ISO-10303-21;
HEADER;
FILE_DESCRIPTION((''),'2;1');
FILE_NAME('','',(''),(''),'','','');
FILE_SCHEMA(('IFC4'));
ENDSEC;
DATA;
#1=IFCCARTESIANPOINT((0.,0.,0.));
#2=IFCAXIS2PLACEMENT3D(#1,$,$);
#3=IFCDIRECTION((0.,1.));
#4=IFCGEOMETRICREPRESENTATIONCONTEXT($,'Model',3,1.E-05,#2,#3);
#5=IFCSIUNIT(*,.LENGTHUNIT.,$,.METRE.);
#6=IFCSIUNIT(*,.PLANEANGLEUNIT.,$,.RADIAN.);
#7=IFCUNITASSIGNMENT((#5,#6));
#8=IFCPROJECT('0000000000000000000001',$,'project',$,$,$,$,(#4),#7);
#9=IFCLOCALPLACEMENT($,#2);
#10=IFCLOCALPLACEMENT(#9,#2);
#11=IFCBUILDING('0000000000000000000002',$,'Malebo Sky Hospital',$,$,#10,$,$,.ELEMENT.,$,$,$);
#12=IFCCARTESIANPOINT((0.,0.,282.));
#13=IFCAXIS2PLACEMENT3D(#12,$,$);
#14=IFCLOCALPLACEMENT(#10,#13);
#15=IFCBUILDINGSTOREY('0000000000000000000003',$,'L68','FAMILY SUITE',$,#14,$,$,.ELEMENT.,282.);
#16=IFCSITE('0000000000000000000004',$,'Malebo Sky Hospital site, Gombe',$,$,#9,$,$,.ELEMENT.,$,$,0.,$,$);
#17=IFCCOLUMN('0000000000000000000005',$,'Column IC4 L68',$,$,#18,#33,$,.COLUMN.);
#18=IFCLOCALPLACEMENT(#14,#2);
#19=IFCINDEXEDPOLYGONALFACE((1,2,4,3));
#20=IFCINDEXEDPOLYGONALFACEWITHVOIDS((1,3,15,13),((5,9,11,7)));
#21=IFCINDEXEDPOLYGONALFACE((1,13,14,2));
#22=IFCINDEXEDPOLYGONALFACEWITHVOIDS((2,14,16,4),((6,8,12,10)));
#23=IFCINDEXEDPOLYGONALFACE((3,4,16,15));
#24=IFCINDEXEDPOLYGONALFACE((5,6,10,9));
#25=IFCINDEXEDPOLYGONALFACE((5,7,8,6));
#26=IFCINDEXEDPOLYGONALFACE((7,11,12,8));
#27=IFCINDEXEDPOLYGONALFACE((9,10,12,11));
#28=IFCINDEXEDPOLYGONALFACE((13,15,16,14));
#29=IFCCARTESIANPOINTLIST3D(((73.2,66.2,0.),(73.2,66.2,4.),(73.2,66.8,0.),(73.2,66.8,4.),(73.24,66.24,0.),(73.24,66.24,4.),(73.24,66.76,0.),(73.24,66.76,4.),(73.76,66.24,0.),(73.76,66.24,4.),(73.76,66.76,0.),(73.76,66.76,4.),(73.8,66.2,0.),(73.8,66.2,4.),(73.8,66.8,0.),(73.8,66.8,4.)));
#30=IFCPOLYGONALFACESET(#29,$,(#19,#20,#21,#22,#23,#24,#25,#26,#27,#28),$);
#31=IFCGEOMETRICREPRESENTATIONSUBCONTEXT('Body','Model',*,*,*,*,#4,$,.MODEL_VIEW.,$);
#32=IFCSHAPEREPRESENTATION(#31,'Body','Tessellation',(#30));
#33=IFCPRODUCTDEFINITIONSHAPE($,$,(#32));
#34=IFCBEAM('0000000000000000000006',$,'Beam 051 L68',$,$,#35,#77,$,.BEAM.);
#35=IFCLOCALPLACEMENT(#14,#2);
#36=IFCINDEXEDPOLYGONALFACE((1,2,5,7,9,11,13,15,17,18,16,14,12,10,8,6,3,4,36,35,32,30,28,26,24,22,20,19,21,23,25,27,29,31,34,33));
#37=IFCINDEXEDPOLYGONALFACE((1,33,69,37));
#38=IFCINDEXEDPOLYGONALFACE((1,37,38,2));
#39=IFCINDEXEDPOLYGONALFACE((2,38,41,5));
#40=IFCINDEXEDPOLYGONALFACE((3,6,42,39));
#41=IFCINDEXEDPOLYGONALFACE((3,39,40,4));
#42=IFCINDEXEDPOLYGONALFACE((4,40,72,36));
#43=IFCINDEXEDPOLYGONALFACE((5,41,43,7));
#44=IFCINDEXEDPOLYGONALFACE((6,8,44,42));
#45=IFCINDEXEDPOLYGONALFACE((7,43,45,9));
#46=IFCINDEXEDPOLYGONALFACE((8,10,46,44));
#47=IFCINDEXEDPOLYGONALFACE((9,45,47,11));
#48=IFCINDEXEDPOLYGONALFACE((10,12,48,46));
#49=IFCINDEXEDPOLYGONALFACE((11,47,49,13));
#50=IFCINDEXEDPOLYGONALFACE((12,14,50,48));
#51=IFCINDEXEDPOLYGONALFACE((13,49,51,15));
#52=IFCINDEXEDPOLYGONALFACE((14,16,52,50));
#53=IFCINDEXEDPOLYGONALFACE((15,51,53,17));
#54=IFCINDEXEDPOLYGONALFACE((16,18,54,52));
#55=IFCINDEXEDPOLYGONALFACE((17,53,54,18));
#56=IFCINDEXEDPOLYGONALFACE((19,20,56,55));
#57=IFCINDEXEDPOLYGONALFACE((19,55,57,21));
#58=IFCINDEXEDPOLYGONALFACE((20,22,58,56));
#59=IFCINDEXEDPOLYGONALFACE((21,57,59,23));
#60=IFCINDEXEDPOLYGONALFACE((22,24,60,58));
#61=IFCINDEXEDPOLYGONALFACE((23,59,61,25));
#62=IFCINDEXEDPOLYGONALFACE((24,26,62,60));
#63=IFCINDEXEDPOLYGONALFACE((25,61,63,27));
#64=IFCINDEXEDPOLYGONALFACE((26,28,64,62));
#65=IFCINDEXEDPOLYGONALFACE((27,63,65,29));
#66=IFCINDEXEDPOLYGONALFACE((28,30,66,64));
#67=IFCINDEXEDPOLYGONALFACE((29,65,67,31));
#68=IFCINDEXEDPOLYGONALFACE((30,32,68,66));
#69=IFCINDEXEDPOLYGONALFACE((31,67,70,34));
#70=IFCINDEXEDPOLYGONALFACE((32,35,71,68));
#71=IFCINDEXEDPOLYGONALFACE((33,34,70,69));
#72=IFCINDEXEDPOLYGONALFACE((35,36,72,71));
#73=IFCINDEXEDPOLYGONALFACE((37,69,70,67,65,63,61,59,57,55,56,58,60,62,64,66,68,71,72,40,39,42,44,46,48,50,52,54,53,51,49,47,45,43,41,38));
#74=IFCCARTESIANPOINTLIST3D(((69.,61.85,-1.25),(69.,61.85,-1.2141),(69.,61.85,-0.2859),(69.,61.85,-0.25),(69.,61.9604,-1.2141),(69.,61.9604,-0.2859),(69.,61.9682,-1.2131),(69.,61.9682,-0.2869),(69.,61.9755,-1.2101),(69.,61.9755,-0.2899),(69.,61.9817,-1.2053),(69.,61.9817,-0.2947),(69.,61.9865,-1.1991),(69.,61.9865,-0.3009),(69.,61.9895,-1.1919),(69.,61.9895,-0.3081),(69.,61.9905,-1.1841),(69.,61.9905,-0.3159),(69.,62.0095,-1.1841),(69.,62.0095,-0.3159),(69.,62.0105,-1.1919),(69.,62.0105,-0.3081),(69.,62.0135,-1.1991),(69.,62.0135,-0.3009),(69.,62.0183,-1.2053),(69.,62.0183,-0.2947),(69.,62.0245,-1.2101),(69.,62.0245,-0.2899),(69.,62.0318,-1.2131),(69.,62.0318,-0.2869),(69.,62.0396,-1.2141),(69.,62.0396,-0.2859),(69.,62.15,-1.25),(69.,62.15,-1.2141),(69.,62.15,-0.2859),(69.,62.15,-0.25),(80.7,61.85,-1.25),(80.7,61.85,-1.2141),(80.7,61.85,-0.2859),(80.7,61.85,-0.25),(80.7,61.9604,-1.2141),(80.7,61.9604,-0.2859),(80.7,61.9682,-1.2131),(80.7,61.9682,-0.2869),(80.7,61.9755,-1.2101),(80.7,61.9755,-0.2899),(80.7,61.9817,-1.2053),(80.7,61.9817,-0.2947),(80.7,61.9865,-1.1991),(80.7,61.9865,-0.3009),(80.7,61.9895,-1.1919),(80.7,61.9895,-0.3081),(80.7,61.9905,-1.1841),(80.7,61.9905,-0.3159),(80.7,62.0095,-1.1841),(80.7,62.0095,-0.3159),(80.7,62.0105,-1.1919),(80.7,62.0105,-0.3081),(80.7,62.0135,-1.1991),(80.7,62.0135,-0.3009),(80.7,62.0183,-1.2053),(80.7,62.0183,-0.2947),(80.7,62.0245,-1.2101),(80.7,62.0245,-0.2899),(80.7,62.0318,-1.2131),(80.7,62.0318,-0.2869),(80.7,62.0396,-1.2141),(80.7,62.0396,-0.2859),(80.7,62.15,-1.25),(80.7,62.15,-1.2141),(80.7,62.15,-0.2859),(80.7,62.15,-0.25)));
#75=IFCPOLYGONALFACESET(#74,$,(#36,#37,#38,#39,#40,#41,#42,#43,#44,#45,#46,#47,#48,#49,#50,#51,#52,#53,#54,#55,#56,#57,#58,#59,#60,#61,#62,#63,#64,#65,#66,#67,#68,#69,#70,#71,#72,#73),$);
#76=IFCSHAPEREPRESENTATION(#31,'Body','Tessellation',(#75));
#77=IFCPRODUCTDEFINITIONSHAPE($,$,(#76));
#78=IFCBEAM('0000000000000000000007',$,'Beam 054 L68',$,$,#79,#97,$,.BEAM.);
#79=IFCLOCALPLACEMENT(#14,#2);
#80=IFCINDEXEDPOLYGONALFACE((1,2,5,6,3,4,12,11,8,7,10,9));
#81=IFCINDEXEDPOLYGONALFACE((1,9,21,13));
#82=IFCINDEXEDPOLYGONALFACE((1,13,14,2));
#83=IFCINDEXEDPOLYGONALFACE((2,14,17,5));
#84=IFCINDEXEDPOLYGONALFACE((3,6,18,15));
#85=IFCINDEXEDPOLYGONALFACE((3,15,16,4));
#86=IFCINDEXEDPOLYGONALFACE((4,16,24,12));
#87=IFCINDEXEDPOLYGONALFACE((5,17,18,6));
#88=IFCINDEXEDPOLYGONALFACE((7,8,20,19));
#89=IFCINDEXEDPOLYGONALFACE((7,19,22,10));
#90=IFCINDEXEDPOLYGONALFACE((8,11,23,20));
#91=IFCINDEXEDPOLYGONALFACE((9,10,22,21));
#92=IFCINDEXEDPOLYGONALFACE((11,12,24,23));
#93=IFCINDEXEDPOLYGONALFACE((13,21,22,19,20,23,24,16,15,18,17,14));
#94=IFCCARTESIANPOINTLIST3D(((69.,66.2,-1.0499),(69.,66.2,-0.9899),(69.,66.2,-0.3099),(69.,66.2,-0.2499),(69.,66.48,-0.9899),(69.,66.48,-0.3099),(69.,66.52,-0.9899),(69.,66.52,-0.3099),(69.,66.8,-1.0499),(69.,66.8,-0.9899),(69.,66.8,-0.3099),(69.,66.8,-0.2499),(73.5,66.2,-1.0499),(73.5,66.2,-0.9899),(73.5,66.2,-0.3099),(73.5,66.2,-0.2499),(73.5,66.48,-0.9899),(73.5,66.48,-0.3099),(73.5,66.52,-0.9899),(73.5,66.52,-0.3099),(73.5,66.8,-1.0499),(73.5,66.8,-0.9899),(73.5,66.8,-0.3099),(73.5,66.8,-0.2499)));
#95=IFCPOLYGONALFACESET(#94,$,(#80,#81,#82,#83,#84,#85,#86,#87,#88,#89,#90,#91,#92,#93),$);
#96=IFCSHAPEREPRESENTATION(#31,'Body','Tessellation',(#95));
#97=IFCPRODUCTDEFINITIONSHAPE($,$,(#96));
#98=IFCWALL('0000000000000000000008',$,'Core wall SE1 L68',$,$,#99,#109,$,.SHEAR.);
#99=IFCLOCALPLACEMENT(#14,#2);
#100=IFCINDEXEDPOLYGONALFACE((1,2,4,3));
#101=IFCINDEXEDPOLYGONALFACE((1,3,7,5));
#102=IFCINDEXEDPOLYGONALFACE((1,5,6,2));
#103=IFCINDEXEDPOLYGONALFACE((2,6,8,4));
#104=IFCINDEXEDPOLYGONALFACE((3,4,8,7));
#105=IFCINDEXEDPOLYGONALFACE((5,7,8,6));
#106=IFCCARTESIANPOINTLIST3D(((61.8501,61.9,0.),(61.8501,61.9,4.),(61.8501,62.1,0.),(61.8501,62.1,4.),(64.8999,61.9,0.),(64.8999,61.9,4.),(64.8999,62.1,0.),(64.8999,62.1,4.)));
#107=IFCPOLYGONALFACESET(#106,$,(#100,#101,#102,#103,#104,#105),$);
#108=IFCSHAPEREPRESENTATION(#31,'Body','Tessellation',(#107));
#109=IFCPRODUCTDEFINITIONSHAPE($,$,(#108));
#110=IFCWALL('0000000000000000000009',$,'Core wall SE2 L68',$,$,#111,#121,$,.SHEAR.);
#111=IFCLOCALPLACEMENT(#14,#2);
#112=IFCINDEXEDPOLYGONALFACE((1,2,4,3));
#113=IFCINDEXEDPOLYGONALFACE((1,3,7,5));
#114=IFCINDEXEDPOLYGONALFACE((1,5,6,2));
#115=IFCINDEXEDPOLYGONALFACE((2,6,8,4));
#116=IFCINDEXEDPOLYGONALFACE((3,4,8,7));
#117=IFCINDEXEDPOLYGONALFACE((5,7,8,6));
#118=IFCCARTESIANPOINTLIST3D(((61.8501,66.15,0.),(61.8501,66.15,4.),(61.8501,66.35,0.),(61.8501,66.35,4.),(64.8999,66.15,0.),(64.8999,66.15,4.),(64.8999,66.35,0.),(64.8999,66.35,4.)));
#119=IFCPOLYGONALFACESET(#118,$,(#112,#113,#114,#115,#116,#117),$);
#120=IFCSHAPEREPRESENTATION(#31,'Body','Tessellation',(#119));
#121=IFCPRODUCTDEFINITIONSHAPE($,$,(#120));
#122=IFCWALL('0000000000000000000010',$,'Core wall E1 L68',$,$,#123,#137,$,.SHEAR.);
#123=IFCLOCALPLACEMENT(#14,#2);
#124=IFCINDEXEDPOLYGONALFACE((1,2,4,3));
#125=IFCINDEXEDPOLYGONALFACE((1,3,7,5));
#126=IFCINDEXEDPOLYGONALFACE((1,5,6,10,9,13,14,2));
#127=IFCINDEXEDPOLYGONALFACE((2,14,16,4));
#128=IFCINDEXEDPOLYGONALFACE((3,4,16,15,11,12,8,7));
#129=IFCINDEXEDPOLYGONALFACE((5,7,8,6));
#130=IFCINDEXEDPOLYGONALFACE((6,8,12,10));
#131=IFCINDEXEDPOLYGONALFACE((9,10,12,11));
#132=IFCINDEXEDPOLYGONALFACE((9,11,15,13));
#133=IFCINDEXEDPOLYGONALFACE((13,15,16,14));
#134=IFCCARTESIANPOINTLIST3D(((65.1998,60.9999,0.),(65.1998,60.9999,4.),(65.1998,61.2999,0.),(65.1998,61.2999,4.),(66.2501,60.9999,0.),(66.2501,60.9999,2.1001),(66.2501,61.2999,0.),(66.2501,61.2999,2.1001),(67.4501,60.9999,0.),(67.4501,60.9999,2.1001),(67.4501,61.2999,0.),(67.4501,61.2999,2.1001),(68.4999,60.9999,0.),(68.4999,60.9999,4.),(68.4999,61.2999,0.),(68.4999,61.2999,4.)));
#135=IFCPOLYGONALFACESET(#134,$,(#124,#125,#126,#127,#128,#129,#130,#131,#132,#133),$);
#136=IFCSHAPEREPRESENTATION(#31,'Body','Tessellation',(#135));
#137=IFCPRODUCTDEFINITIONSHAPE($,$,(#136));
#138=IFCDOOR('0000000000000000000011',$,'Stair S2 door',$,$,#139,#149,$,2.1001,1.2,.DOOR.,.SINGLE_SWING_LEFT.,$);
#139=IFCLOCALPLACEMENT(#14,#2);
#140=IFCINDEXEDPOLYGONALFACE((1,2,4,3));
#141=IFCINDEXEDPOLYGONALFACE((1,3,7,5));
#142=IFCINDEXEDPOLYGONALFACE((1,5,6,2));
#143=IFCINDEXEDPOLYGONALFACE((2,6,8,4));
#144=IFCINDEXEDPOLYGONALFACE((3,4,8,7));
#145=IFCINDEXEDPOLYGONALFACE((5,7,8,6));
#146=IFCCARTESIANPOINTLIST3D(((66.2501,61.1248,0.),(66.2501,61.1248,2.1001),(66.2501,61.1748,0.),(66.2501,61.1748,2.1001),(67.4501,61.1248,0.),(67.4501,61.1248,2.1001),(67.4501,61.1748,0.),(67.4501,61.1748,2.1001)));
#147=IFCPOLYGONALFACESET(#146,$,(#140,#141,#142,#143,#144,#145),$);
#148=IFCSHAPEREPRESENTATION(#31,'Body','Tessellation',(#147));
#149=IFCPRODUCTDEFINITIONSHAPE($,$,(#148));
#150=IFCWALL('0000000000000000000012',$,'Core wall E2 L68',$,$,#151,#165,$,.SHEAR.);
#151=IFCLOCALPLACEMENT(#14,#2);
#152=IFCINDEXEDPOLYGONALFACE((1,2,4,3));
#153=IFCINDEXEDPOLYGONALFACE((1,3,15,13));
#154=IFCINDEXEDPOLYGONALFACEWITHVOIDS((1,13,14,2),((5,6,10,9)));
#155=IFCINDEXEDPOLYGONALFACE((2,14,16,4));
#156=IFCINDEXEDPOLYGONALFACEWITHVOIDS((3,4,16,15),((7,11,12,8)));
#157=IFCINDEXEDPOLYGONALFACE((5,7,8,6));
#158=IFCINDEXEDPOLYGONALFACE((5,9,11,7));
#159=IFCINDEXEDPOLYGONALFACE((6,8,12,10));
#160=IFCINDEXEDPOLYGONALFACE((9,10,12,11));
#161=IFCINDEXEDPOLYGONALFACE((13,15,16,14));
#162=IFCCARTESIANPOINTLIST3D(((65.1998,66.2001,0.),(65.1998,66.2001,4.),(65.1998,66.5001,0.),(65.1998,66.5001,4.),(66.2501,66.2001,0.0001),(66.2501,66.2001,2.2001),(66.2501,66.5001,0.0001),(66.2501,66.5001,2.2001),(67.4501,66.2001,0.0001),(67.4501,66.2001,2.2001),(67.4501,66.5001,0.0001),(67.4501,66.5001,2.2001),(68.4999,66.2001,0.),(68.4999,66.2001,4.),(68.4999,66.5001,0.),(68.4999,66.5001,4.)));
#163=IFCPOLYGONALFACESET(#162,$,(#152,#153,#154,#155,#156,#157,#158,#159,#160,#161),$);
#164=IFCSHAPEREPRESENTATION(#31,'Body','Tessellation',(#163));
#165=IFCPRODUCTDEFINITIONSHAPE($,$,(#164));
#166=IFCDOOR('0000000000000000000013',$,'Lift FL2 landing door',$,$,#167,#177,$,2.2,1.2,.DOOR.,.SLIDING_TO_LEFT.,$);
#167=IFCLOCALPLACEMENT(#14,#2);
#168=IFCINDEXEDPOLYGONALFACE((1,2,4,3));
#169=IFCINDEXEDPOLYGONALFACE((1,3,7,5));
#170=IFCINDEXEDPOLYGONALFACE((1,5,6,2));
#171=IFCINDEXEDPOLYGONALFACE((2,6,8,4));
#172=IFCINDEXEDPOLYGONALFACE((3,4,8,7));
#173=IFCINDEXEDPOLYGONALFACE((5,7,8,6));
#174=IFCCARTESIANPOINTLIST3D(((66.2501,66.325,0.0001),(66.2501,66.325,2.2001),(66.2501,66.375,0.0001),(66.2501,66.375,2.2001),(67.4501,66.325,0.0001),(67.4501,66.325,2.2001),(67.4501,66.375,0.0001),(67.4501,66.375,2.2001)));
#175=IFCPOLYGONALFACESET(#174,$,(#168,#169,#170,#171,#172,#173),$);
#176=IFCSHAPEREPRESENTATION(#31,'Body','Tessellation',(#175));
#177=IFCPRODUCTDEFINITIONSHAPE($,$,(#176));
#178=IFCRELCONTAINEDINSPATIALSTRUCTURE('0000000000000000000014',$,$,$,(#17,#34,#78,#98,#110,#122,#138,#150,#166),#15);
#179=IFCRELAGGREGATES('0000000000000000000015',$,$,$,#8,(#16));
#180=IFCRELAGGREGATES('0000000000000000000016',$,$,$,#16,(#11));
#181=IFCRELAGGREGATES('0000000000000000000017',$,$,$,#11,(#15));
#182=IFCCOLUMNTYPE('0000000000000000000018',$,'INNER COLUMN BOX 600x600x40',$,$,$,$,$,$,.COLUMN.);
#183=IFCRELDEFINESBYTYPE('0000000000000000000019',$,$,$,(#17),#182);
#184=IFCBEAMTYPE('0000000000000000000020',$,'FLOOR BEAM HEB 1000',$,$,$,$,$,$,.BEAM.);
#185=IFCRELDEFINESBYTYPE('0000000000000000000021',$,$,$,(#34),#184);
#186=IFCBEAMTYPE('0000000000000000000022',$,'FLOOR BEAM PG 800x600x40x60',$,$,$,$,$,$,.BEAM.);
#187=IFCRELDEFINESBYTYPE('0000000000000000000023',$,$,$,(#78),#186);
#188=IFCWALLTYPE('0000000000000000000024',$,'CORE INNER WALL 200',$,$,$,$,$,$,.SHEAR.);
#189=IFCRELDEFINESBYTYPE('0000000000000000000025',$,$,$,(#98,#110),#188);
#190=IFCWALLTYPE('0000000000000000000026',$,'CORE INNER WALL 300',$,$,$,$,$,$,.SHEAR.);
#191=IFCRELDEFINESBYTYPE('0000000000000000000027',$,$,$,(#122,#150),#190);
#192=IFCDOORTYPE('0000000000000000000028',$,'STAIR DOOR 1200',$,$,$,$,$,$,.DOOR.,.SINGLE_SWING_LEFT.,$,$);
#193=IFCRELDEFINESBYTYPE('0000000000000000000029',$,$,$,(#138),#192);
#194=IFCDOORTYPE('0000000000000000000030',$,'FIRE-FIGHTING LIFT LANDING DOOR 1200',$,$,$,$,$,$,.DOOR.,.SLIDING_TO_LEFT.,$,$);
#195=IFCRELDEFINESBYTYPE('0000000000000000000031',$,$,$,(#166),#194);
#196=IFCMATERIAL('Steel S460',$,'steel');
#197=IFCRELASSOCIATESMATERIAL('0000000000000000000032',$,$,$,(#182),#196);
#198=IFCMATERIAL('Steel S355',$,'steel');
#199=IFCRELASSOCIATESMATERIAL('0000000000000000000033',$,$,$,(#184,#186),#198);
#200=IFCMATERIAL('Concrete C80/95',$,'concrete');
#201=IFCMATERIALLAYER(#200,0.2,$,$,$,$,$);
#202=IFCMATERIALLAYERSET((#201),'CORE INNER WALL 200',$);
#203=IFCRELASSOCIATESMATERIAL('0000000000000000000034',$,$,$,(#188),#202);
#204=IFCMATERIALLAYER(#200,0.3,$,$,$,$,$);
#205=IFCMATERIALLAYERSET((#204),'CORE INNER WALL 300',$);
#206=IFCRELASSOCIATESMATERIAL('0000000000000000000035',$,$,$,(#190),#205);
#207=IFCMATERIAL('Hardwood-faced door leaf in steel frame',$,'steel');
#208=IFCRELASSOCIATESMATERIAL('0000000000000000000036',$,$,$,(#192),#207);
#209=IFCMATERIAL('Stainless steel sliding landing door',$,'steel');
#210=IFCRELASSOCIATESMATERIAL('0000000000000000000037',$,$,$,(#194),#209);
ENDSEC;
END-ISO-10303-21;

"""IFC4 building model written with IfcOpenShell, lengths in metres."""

from ifc_helpers import new_model, si_unit, direction, frame, frame_2d, origin, origin_2d, place, context, subcontext, project, spatial, rectangle, hollow_rectangle, i_section, extrude, material, layer, layer_set, material_profile, profile_set, type_object, element, fill, save


model = new_model("IFC4")

# Units and contexts
model_context = context("Model", 3, precision=1e-05, world=origin(), true_north=direction((0.0, 1.0)))
body_context = subcontext(model_context, "Body", "Model", "MODEL_VIEW")
ifc_project = project(units=[si_unit("LENGTHUNIT", "METRE"), si_unit("PLANEANGLEUNIT", "RADIAN")], contexts=[model_context])

# Site, building, storey
site_placement = place(None, origin())
site = spatial("IfcSite", under=ifc_project, at=site_placement, Name="Malebo Sky Hospital site, Gombe", CompositionType="ELEMENT", RefElevation=0.0)
building_placement = place(site_placement, origin())
building = spatial("IfcBuilding", under=site, at=building_placement, Name="Malebo Sky Hospital", CompositionType="ELEMENT")
storey_placement = place(building_placement, frame((0.0, 0.0, 282.0)))
storey = spatial("IfcBuildingStorey", under=building, at=storey_placement, Name="L68", Description="FAMILY SUITE", CompositionType="ELEMENT", Elevation=282.0)

# Column
ifc_material_1 = material(Name="Steel S460", Category="steel")
ifc_material_profile_1 = material_profile(ifc_material_1, hollow_rectangle(XDim=0.6001, YDim=0.6001, WallThickness=0.04, at=origin_2d()), Name="BOX 600x600x40")
ifc_profile_set_1 = profile_set([ifc_material_profile_1], Name="Steel S460")
column_type = type_object("IfcColumnType", Name="INNER COLUMN BOX 600x600x40", PredefinedType="COLUMN", material=ifc_profile_set_1)
column_placement = place(storey_placement, frame((73.5, 66.5, 0.0), z_axis=(0.0, 0.0, 1.0), x_axis=(1.0, 0.0, 0.0)))
element("IfcColumn", 1, at=column_placement, inside=storey, type_object=column_type, Name="Column IC4 L68", PredefinedType="COLUMN", context=body_context, shape_type="SweptSolid", body=[
    extrude(hollow_rectangle(XDim=0.6001, YDim=0.6001, WallThickness=0.04, at=origin_2d()), origin(), (0.0, 0.0, 1.0), 4.0),
])

# Beams
ifc_material_2 = material(Name="Steel S355", Category="steel")
ifc_material_profile_2 = material_profile(ifc_material_2, i_section(OverallWidth=0.3, OverallDepth=1.0, WebThickness=0.019, FlangeThickness=0.0359, FilletRadius=0.03, at=origin_2d()), Name="HEB 1000")
ifc_profile_set_2 = profile_set([ifc_material_profile_2], Name="Steel S355")
beam_type_1 = type_object("IfcBeamType", Name="FLOOR BEAM HEB 1000", PredefinedType="BEAM", material=ifc_profile_set_2)
beam_1_placement = place(storey_placement, frame((69.0, 62.0, -0.75), z_axis=(1.0, 0.0, 0.0), x_axis=(0.0, 1.0, 0.0)))
element("IfcBeam", 2, at=beam_1_placement, inside=storey, type_object=beam_type_1, Name="Beam 051 L68", PredefinedType="BEAM", context=body_context, shape_type="SweptSolid", body=[
    extrude(i_section(OverallWidth=0.3, OverallDepth=1.0, WebThickness=0.019, FlangeThickness=0.0359, FilletRadius=0.03, at=origin_2d()), origin(), (0.0, 0.0, 1.0), 11.7),
])
ifc_material_profile_3 = material_profile(ifc_material_2, i_section(OverallWidth=0.6001, OverallDepth=0.8, WebThickness=0.04, FlangeThickness=0.0601, at=origin_2d()), Name="PG 800x600x40x60")
ifc_profile_set_3 = profile_set([ifc_material_profile_3], Name="Steel S355")
beam_type_2 = type_object("IfcBeamType", Name="FLOOR BEAM PG 800x600x40x60", PredefinedType="BEAM", material=ifc_profile_set_3)
beam_2_placement = place(storey_placement, frame((69.0, 66.5, -0.6499), z_axis=(1.0, 0.0, 0.0), x_axis=(0.0, 1.0, 0.0)))
element("IfcBeam", 3, at=beam_2_placement, inside=storey, type_object=beam_type_2, Name="Beam 054 L68", PredefinedType="BEAM", context=body_context, shape_type="SweptSolid", body=[
    extrude(i_section(OverallWidth=0.6001, OverallDepth=0.8, WebThickness=0.04, FlangeThickness=0.0601, at=origin_2d()), origin(), (0.0, 0.0, 1.0), 4.5),
])

# Walls
ifc_material_3 = material(Name="Concrete C80/95", Category="concrete")
ifc_layer_1 = layer(ifc_material_3, 0.2)
ifc_layer_set_1 = layer_set([ifc_layer_1], Name="CORE INNER WALL 200")
wall_type_1 = type_object("IfcWallType", Name="CORE INNER WALL 200", PredefinedType="SHEAR", material=ifc_layer_set_1)
for number, where, z_axis, x_axis, name in (
    (4, (61.8501, 62.0, 0.0), (0.0, 0.0, 1.0), (1.0, 0.0, 0.0), "Core wall SE1 L68"),
    (5, (61.8501, 66.25, 0.0), (0.0, 0.0, 1.0), (1.0, 0.0, 0.0), "Core wall SE2 L68"),
):
    element("IfcWall", number, at=place(storey_placement, frame(where, z_axis=z_axis, x_axis=x_axis)), inside=storey, type_object=wall_type_1, Name=name, PredefinedType="SHEAR", context=body_context, shape_type="SweptSolid", body=[
        extrude(rectangle(XDim=3.0498, YDim=0.2, at=frame_2d((1.5249, 0.0))), origin(), (0.0, 0.0, 1.0), 4.0),
    ])

# Walls, openings, doors
ifc_layer_2 = layer(ifc_material_3, 0.3)
ifc_layer_set_2 = layer_set([ifc_layer_2], Name="CORE INNER WALL 300")
wall_type_2 = type_object("IfcWallType", Name="CORE INNER WALL 300", PredefinedType="SHEAR", material=ifc_layer_set_2)
wall_1_placement = place(storey_placement, frame((65.2, 61.1499, 0.0), z_axis=(0.0, 0.0, 1.0), x_axis=(1.0, 0.0, 0.0)))
wall_1 = element("IfcWall", 6, at=wall_1_placement, inside=storey, type_object=wall_type_2, Name="Core wall E1 L68", PredefinedType="SHEAR", context=body_context, shape_type="SweptSolid", body=[
    extrude(rectangle(XDim=3.3, YDim=0.3, at=frame_2d((1.6499, 0.0))), origin(), (0.0, 0.0, 1.0), 4.0),
])
opening_1_placement = place(wall_1_placement, frame((1.05, 0.0, 0.0)))
opening_1 = element("IfcOpeningElement", 7, at=opening_1_placement, cuts=wall_1, PredefinedType="OPENING", context=body_context, shape_type="SweptSolid", body=[
    extrude(rectangle(XDim=1.2, YDim=2.1001, at=frame_2d((0.6001, 1.05))), frame((0.0, 0.1599, 0.0), z_axis=(0.0, -1.0, 0.0), x_axis=(1.0, 0.0, 0.0)), (0.0, 0.0, 1.0), 0.3201),
])
ifc_material_4 = material(Name="Hardwood-faced door leaf in steel frame", Category="steel")
door_type_1 = type_object("IfcDoorType", Name="STAIR DOOR 1200", OperationType="SINGLE_SWING_LEFT", PredefinedType="DOOR", material=ifc_material_4)
door_1_placement = place(opening_1_placement, origin())
door_1 = element("IfcDoor", 8, at=door_1_placement, inside=storey, type_object=door_type_1, Name="Stair S2 door", OperationType="SINGLE_SWING_LEFT", OverallHeight=2.1001, OverallWidth=1.2, PredefinedType="DOOR", context=body_context, shape_type="SweptSolid", body=[
    extrude(rectangle(XDim=1.2, YDim=2.1001, at=frame_2d((0.6001, 1.05))), frame((0.0, 0.0249, 0.0), z_axis=(0.0, -1.0, 0.0), x_axis=(1.0, 0.0, 0.0)), (0.0, 0.0, 1.0), 0.05),
])
fill(opening_1, door_1)
wall_2_placement = place(storey_placement, frame((65.2, 66.3501, 0.0), z_axis=(0.0, 0.0, 1.0), x_axis=(1.0, 0.0, 0.0)))
wall_2 = element("IfcWall", 9, at=wall_2_placement, inside=storey, type_object=wall_type_2, Name="Core wall E2 L68", PredefinedType="SHEAR", context=body_context, shape_type="SweptSolid", body=[
    extrude(rectangle(XDim=3.3, YDim=0.3, at=frame_2d((1.6499, 0.0))), origin(), (0.0, 0.0, 1.0), 4.0),
])
opening_2_placement = place(wall_2_placement, frame((1.05, 0.0, 0.0)))
opening_2 = element("IfcOpeningElement", 10, at=opening_2_placement, cuts=wall_2, PredefinedType="OPENING", context=body_context, shape_type="SweptSolid", body=[
    extrude(rectangle(XDim=1.2, YDim=2.2, at=frame_2d((0.6001, 1.1001))), frame((0.0, 0.1599, 0.0), z_axis=(0.0, -1.0, 0.0), x_axis=(1.0, 0.0, 0.0)), (0.0, 0.0, 1.0), 0.3201),
])
ifc_material_5 = material(Name="Stainless steel sliding landing door", Category="steel")
door_type_2 = type_object("IfcDoorType", Name="FIRE-FIGHTING LIFT LANDING DOOR 1200", OperationType="SLIDING_TO_LEFT", PredefinedType="DOOR", material=ifc_material_5)
door_2_placement = place(opening_2_placement, origin())
door_2 = element("IfcDoor", 11, at=door_2_placement, inside=storey, type_object=door_type_2, Name="Lift FL2 landing door", OperationType="SLIDING_TO_LEFT", OverallHeight=2.2, OverallWidth=1.2, PredefinedType="DOOR", context=body_context, shape_type="SweptSolid", body=[
    extrude(rectangle(XDim=1.2, YDim=2.2, at=frame_2d((0.6001, 1.1001))), frame((0.0, 0.0249, 0.0), z_axis=(0.0, -1.0, 0.0), x_axis=(1.0, 0.0, 0.0)), (0.0, 0.0, 1.0), 0.05),
])
fill(opening_2, door_2)

save(model, "model.ifc")
